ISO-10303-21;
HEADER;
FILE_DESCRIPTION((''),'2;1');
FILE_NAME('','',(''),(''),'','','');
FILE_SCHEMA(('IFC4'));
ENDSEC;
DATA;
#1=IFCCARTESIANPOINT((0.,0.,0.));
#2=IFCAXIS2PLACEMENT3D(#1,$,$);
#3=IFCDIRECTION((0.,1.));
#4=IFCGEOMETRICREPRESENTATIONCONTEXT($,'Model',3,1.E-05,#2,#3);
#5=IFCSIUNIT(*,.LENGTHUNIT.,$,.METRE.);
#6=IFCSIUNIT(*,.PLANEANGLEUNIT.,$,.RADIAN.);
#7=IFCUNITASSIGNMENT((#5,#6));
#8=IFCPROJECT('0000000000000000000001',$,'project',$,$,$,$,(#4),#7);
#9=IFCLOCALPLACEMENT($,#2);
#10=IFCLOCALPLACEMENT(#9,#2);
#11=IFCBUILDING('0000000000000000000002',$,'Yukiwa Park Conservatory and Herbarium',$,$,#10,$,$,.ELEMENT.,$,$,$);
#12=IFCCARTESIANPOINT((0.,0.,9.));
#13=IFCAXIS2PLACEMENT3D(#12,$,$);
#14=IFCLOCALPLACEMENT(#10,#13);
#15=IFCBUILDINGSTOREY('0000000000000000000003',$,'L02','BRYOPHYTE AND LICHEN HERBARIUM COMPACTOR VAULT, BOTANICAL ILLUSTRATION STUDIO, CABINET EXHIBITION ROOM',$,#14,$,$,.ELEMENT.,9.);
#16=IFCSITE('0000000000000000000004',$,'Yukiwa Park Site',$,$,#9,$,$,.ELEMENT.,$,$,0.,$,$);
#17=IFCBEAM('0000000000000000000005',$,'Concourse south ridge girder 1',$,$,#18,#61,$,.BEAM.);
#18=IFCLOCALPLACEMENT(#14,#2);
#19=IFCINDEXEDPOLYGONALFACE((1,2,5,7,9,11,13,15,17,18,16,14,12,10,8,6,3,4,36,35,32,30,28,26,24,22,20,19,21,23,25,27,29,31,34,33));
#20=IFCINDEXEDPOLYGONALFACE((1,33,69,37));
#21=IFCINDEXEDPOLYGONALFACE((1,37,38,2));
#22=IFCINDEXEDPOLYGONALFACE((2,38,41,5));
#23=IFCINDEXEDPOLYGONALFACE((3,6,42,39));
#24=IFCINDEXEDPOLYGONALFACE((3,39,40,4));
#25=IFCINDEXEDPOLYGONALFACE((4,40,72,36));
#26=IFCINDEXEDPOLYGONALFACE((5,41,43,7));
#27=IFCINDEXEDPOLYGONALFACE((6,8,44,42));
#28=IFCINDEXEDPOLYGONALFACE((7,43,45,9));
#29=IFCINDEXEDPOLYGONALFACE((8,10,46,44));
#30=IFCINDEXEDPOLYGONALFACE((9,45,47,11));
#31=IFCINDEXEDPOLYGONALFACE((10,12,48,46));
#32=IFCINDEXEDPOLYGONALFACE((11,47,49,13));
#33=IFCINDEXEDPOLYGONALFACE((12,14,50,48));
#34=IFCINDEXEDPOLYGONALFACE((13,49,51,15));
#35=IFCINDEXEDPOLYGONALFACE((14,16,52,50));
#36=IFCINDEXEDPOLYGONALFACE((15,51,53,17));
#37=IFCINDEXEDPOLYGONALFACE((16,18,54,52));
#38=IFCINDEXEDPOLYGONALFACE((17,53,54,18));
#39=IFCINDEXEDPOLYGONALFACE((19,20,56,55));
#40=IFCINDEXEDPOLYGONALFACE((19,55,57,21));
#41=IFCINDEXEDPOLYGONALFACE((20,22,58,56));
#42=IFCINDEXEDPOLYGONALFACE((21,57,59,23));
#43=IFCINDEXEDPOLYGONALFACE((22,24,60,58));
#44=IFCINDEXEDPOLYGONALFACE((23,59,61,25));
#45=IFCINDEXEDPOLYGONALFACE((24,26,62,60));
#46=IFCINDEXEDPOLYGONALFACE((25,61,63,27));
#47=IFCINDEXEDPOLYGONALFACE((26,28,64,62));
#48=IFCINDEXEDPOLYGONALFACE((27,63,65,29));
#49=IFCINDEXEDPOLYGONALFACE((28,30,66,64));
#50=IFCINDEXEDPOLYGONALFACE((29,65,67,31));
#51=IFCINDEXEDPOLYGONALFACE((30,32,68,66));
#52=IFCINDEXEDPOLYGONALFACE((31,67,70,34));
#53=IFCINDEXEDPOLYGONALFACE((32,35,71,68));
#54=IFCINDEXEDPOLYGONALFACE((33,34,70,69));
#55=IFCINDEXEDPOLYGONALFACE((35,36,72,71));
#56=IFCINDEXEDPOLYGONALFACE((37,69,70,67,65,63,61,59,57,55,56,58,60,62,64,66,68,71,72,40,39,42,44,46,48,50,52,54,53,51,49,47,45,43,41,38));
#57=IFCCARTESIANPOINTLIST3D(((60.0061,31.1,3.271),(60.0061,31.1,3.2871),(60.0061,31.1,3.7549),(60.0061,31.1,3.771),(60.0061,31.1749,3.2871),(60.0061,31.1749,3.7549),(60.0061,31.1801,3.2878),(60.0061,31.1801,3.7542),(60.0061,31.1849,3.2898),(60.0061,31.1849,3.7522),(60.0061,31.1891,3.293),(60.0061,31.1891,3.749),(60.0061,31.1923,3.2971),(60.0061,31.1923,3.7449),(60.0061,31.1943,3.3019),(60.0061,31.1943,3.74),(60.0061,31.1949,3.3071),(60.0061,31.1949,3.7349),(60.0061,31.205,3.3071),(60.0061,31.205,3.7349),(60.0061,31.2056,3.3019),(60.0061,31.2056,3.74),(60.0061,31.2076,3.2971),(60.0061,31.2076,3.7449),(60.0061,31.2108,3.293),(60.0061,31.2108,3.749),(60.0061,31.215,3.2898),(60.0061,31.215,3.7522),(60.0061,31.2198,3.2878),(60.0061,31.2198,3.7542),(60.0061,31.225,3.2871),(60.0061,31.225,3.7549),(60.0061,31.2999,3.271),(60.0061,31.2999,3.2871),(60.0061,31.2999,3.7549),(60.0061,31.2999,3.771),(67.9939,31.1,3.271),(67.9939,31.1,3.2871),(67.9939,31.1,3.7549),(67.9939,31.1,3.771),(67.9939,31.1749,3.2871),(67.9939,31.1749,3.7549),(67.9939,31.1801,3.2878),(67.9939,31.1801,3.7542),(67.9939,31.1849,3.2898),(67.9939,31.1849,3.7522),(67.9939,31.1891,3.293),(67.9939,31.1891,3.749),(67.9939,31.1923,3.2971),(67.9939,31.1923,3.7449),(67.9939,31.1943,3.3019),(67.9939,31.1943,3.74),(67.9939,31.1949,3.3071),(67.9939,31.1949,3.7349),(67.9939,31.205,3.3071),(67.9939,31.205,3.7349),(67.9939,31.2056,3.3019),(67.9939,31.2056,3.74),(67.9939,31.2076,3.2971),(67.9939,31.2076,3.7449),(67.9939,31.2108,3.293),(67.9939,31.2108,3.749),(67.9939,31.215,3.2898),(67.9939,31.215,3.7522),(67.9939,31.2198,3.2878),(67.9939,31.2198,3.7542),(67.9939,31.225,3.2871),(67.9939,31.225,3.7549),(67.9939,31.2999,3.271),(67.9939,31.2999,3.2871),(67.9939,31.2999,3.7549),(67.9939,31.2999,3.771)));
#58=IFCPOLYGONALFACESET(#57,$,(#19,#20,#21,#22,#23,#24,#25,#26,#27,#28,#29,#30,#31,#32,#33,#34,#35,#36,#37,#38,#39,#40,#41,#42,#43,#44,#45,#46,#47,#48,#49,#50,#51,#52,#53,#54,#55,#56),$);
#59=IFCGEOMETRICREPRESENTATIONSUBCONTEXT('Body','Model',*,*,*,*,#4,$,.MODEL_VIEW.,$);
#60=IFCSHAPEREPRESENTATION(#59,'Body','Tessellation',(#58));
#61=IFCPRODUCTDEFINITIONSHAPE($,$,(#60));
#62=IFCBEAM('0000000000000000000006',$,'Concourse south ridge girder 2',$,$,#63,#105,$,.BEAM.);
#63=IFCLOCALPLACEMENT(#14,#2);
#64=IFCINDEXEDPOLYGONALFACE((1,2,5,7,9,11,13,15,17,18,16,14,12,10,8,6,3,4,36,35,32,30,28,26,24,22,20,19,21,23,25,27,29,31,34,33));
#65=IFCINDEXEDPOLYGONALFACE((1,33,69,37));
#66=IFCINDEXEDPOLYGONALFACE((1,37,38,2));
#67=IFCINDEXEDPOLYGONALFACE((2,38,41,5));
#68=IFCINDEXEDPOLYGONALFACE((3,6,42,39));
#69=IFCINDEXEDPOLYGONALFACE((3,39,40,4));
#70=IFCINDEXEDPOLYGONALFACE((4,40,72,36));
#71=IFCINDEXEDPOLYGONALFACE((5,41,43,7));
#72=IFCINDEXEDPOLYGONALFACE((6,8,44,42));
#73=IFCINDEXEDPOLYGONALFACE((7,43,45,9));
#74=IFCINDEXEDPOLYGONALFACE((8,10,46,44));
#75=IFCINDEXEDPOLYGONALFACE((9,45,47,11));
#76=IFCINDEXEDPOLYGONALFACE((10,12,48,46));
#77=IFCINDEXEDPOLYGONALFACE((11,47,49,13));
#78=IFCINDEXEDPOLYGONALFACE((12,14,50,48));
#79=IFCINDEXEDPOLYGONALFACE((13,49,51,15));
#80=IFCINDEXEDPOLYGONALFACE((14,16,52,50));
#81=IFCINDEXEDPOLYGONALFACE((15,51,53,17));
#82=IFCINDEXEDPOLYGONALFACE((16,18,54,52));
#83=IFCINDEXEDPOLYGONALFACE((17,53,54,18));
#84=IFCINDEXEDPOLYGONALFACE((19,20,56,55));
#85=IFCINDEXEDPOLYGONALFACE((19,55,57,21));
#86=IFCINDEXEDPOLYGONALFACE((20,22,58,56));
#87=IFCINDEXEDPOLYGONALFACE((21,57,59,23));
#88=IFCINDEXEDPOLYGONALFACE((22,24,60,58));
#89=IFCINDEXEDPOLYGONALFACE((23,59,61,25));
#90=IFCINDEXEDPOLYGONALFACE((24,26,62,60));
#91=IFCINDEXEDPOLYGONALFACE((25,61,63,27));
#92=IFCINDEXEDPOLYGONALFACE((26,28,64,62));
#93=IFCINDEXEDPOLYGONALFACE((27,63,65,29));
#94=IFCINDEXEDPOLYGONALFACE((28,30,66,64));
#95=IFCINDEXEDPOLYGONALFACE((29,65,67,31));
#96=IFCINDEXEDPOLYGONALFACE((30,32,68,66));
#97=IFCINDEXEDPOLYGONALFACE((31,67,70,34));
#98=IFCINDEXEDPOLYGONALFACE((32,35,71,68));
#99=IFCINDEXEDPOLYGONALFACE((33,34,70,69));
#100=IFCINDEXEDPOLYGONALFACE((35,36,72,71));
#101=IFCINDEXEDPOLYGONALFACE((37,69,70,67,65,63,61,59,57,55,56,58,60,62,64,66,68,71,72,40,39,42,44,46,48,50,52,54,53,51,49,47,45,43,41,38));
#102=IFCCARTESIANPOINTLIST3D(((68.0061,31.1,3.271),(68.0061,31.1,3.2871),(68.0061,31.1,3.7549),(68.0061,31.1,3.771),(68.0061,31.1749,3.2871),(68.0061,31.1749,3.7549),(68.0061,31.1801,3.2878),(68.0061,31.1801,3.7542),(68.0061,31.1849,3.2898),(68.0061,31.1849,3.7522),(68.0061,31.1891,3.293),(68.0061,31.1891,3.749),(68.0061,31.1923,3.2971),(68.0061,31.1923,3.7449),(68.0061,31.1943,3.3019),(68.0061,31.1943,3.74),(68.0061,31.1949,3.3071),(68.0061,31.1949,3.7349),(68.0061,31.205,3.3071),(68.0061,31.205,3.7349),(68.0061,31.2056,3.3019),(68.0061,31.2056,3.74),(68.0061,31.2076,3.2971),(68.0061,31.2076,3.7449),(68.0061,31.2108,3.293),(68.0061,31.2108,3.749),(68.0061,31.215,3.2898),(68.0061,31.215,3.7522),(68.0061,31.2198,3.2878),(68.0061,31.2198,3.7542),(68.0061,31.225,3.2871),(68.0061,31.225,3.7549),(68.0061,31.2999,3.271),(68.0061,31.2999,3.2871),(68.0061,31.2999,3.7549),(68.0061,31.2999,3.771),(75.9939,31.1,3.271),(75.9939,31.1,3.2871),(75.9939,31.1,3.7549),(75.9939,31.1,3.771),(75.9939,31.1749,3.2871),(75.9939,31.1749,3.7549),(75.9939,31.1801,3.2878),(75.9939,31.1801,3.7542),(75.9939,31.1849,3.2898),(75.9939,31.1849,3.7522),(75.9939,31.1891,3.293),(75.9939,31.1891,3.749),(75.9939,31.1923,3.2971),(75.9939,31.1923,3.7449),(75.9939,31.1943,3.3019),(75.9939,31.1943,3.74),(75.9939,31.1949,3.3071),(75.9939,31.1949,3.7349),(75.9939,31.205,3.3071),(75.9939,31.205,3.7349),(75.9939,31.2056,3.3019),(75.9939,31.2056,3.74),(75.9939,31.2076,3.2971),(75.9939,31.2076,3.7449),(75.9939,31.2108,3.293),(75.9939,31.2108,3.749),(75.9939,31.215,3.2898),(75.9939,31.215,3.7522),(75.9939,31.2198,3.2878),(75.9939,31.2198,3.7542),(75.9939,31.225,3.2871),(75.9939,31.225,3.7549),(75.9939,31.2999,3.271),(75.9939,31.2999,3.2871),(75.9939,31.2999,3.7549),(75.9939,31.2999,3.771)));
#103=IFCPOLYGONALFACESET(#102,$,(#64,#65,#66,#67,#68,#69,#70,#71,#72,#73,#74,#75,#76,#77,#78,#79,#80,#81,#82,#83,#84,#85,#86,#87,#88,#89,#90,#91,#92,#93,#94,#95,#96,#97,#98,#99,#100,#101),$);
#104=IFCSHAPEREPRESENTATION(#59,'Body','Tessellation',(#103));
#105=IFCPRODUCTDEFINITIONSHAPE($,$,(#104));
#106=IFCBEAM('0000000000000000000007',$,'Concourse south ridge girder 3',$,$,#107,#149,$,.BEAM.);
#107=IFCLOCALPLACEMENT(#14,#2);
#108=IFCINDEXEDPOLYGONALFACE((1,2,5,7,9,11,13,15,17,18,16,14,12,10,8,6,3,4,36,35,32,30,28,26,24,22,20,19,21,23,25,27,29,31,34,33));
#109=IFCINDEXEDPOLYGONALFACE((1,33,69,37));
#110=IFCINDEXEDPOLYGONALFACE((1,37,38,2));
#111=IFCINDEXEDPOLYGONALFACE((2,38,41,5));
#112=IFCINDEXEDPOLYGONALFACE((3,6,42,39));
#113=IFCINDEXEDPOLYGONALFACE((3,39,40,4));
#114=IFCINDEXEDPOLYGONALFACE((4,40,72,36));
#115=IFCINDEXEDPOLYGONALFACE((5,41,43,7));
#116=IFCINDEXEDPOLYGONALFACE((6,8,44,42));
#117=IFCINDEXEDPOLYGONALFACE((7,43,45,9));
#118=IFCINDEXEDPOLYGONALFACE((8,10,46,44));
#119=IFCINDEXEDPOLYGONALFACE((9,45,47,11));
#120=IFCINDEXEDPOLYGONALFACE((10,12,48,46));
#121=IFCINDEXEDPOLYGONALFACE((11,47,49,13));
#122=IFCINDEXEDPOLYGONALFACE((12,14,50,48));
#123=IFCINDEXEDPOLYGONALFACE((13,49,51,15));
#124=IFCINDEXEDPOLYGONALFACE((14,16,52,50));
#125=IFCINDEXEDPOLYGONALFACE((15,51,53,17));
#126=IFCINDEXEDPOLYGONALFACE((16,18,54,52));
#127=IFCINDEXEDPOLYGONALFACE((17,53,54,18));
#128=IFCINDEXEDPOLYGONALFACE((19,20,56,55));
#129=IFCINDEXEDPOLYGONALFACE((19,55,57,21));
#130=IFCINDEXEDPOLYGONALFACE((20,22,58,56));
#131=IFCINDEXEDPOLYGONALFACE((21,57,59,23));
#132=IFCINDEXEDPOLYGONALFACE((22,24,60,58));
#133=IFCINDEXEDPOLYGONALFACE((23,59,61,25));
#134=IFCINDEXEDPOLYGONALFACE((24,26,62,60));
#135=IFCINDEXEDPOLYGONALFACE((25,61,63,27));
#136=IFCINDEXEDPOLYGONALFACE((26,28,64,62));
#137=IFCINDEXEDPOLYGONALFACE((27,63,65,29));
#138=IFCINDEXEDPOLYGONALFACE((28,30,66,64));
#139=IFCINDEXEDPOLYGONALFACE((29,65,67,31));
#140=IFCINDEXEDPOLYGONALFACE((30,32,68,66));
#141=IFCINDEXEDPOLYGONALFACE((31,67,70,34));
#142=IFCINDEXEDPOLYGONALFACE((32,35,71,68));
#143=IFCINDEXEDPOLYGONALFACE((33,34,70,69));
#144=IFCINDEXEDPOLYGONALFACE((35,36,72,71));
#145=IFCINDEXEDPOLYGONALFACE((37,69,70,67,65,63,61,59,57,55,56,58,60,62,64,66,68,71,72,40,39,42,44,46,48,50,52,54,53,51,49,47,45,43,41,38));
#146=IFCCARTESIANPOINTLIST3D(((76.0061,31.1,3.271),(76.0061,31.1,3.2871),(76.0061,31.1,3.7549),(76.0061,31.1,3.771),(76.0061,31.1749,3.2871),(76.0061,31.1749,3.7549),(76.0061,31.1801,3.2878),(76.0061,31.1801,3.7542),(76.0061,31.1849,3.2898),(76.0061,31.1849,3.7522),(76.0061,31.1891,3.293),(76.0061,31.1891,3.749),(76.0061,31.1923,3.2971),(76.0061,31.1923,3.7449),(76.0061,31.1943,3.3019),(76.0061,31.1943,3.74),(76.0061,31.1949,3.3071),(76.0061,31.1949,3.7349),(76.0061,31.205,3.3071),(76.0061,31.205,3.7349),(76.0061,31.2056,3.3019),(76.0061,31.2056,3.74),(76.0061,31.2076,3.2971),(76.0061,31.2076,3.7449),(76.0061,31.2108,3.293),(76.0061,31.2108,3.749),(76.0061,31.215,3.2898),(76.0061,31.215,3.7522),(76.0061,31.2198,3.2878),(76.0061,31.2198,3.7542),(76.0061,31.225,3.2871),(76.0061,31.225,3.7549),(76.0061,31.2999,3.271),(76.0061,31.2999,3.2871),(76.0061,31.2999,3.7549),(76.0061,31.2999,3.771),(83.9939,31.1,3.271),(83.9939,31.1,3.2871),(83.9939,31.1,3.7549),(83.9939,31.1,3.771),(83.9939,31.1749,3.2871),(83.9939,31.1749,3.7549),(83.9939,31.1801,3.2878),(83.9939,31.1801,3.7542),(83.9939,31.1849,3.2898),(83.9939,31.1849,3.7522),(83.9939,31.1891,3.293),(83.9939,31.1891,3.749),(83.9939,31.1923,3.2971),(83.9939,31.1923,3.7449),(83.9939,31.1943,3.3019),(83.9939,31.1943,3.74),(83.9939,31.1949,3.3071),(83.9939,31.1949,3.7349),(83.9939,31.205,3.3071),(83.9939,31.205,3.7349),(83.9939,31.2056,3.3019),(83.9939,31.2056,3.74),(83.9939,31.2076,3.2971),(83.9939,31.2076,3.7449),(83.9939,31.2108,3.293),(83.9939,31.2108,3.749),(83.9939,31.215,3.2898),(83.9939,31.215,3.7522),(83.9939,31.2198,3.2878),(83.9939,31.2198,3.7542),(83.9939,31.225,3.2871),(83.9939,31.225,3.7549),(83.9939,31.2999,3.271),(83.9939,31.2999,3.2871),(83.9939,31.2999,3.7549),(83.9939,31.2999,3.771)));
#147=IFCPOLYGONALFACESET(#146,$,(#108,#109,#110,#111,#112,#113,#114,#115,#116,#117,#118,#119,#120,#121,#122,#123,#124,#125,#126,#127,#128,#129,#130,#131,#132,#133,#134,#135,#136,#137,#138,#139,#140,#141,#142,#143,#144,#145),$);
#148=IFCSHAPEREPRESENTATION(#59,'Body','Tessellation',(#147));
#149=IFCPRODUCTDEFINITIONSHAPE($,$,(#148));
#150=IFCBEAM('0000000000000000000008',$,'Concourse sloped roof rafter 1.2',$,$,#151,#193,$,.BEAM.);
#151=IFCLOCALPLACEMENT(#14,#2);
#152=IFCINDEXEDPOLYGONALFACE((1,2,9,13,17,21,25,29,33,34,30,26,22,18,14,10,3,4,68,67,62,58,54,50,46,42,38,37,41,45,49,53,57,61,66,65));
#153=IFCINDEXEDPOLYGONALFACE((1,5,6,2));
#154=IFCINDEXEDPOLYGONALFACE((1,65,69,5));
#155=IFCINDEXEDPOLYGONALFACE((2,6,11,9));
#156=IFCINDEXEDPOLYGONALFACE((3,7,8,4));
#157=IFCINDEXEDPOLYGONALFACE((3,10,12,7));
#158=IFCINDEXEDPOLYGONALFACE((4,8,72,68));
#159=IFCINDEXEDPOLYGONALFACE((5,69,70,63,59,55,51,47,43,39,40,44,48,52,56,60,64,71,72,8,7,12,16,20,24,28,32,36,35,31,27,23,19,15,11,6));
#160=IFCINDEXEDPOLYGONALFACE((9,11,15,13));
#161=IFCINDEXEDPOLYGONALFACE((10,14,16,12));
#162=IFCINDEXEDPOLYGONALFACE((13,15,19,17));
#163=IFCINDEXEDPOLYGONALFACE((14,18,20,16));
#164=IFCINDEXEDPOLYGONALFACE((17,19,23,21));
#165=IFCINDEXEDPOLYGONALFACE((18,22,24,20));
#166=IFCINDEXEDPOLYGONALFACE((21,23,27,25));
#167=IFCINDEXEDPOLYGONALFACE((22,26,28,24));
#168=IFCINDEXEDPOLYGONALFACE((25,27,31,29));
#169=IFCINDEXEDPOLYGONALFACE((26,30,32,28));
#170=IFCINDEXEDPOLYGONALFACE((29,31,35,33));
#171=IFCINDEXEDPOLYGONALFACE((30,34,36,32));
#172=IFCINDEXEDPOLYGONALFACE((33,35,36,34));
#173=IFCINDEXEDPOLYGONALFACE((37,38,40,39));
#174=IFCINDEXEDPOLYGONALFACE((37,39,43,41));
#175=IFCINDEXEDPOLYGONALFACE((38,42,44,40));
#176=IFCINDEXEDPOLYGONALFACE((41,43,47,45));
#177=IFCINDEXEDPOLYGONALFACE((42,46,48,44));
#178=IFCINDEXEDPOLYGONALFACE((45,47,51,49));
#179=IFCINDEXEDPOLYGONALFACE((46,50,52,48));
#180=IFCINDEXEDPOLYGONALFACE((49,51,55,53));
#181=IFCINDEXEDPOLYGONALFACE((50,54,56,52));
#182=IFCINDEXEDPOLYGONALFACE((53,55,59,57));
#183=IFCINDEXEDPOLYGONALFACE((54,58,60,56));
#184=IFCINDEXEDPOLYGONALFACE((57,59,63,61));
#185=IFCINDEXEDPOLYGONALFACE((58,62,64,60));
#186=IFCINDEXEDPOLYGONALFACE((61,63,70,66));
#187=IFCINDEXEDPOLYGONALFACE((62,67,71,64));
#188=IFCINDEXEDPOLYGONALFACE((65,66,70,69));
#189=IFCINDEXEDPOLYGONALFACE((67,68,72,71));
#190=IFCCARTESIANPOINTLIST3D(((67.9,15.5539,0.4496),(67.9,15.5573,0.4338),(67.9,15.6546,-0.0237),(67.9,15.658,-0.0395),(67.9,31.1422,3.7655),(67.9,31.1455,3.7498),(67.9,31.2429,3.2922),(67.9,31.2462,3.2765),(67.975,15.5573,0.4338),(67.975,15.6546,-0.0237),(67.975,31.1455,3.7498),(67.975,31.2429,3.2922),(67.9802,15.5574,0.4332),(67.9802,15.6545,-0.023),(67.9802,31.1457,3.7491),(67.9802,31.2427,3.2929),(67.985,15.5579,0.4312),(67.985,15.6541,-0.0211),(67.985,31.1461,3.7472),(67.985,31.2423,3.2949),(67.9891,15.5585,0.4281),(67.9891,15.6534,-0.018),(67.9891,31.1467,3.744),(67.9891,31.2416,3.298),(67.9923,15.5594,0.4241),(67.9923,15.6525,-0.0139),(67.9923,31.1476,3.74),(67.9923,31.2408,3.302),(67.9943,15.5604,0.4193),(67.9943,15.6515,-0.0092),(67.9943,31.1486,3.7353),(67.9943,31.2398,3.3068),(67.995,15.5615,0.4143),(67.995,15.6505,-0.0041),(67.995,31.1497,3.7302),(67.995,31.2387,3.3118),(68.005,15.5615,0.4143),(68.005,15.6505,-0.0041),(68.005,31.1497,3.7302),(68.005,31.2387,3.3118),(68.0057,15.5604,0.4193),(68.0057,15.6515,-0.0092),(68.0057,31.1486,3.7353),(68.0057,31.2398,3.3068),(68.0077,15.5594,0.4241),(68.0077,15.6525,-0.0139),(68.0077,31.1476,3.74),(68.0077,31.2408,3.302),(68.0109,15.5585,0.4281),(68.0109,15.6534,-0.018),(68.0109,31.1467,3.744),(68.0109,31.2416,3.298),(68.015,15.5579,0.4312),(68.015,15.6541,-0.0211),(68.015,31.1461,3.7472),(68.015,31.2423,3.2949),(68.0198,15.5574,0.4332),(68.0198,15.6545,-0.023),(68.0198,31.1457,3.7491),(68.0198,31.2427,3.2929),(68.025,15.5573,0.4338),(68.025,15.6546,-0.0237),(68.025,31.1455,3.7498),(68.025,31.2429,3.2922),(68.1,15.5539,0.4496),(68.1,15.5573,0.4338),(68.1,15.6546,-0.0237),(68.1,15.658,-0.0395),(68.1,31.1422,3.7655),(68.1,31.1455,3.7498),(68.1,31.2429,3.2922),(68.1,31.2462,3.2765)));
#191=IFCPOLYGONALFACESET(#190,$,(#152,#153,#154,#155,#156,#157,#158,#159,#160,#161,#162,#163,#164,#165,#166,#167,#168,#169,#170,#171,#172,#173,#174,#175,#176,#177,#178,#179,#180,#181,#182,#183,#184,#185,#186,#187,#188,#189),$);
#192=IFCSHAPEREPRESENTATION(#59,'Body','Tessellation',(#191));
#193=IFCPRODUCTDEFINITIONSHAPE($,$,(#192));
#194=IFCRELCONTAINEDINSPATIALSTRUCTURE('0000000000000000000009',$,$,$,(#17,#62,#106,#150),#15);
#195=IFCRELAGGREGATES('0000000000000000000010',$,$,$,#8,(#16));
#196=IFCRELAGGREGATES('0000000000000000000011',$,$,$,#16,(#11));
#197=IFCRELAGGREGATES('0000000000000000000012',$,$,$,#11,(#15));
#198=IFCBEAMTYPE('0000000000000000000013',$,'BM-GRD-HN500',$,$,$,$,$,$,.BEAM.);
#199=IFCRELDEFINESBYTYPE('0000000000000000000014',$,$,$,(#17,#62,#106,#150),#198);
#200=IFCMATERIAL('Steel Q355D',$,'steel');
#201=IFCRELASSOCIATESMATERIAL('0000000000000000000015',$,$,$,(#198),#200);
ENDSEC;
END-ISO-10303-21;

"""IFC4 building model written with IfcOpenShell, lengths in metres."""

from ifc_helpers import new_model, si_unit, direction, frame, origin, origin_2d, place, context, subcontext, project, spatial, i_section, extrude, material, material_profile, profile_set, type_object, element, save


model = new_model("IFC4")

# Units and contexts
model_context = context("Model", 3, precision=1e-05, world=origin(), true_north=direction((0.0, 1.0)))
body_context = subcontext(model_context, "Body", "Model", "MODEL_VIEW")
ifc_project = project(units=[si_unit("LENGTHUNIT", "METRE"), si_unit("PLANEANGLEUNIT", "RADIAN")], contexts=[model_context])

# Site, building, storey
site_placement = place(None, origin())
site = spatial("IfcSite", under=ifc_project, at=site_placement, Name="Yukiwa Park Site", CompositionType="ELEMENT", RefElevation=0.0)
building_placement = place(site_placement, origin())
building = spatial("IfcBuilding", under=site, at=building_placement, Name="Yukiwa Park Conservatory and Herbarium", CompositionType="ELEMENT")
storey_placement = place(building_placement, frame((0.0, 0.0, 9.0)))
storey = spatial("IfcBuildingStorey", under=building, at=storey_placement, Name="L02", Description="BRYOPHYTE AND LICHEN HERBARIUM COMPACTOR VAULT, BOTANICAL ILLUSTRATION STUDIO, CABINET EXHIBITION ROOM", CompositionType="ELEMENT", Elevation=9.0)

# Beams
ifc_material_1 = material(Name="Steel Q355D", Category="steel")
ifc_material_profile_1 = material_profile(ifc_material_1, i_section(OverallWidth=0.2, OverallDepth=0.5, WebThickness=0.01, FlangeThickness=0.0161, FilletRadius=0.02, at=origin_2d()), Name="HN 500x200x10x16")
ifc_profile_set_1 = profile_set([ifc_material_profile_1], Name="Steel Q355D")
beam_type_1 = type_object("IfcBeamType", Name="BM-GRD-HN500", PredefinedType="BEAM", material=ifc_profile_set_1)
for number, where, z_axis, x_axis, name in (
    (1, (60.0061, 31.2, 3.521), (1.0, 0.0, 0.0), (0.0, 1.0, 0.0), "Concourse south ridge girder 1"),
    (2, (68.0061, 31.2, 3.521), (1.0, 0.0, 0.0), (0.0, 1.0, 0.0), "Concourse south ridge girder 2"),
    (3, (76.0061, 31.2, 3.521), (1.0, 0.0, 0.0), (0.0, 1.0, 0.0), "Concourse south ridge girder 3"),
):
    element("IfcBeam", number, at=place(storey_placement, frame(where, z_axis=z_axis, x_axis=x_axis)), inside=storey, type_object=beam_type_1, Name=name, PredefinedType="BEAM", context=body_context, shape_type="SweptSolid", body=[
        extrude(i_section(OverallWidth=0.2, OverallDepth=0.5, WebThickness=0.01, FlangeThickness=0.0161, FilletRadius=0.02, at=origin_2d()), origin(), (0.0, 0.0, 1.0), 7.9878),
    ])
beam_1_placement = place(storey_placement, frame((68.0, 15.606, 0.2051), z_axis=(0.0, 0.978115, 0.208065), x_axis=(-1.0, 0.0, 0.0)))
element("IfcBeam", 4, at=beam_1_placement, inside=storey, type_object=beam_type_1, Name="Concourse sloped roof rafter 1.2", PredefinedType="BEAM", context=body_context, shape_type="SweptSolid", body=[
    extrude(i_section(OverallWidth=0.2, OverallDepth=0.5, WebThickness=0.01, FlangeThickness=0.0161, FilletRadius=0.02, at=origin_2d()), origin(), (0.0, 0.0, 1.0), 15.937),
])

save(model, "model.ifc")
